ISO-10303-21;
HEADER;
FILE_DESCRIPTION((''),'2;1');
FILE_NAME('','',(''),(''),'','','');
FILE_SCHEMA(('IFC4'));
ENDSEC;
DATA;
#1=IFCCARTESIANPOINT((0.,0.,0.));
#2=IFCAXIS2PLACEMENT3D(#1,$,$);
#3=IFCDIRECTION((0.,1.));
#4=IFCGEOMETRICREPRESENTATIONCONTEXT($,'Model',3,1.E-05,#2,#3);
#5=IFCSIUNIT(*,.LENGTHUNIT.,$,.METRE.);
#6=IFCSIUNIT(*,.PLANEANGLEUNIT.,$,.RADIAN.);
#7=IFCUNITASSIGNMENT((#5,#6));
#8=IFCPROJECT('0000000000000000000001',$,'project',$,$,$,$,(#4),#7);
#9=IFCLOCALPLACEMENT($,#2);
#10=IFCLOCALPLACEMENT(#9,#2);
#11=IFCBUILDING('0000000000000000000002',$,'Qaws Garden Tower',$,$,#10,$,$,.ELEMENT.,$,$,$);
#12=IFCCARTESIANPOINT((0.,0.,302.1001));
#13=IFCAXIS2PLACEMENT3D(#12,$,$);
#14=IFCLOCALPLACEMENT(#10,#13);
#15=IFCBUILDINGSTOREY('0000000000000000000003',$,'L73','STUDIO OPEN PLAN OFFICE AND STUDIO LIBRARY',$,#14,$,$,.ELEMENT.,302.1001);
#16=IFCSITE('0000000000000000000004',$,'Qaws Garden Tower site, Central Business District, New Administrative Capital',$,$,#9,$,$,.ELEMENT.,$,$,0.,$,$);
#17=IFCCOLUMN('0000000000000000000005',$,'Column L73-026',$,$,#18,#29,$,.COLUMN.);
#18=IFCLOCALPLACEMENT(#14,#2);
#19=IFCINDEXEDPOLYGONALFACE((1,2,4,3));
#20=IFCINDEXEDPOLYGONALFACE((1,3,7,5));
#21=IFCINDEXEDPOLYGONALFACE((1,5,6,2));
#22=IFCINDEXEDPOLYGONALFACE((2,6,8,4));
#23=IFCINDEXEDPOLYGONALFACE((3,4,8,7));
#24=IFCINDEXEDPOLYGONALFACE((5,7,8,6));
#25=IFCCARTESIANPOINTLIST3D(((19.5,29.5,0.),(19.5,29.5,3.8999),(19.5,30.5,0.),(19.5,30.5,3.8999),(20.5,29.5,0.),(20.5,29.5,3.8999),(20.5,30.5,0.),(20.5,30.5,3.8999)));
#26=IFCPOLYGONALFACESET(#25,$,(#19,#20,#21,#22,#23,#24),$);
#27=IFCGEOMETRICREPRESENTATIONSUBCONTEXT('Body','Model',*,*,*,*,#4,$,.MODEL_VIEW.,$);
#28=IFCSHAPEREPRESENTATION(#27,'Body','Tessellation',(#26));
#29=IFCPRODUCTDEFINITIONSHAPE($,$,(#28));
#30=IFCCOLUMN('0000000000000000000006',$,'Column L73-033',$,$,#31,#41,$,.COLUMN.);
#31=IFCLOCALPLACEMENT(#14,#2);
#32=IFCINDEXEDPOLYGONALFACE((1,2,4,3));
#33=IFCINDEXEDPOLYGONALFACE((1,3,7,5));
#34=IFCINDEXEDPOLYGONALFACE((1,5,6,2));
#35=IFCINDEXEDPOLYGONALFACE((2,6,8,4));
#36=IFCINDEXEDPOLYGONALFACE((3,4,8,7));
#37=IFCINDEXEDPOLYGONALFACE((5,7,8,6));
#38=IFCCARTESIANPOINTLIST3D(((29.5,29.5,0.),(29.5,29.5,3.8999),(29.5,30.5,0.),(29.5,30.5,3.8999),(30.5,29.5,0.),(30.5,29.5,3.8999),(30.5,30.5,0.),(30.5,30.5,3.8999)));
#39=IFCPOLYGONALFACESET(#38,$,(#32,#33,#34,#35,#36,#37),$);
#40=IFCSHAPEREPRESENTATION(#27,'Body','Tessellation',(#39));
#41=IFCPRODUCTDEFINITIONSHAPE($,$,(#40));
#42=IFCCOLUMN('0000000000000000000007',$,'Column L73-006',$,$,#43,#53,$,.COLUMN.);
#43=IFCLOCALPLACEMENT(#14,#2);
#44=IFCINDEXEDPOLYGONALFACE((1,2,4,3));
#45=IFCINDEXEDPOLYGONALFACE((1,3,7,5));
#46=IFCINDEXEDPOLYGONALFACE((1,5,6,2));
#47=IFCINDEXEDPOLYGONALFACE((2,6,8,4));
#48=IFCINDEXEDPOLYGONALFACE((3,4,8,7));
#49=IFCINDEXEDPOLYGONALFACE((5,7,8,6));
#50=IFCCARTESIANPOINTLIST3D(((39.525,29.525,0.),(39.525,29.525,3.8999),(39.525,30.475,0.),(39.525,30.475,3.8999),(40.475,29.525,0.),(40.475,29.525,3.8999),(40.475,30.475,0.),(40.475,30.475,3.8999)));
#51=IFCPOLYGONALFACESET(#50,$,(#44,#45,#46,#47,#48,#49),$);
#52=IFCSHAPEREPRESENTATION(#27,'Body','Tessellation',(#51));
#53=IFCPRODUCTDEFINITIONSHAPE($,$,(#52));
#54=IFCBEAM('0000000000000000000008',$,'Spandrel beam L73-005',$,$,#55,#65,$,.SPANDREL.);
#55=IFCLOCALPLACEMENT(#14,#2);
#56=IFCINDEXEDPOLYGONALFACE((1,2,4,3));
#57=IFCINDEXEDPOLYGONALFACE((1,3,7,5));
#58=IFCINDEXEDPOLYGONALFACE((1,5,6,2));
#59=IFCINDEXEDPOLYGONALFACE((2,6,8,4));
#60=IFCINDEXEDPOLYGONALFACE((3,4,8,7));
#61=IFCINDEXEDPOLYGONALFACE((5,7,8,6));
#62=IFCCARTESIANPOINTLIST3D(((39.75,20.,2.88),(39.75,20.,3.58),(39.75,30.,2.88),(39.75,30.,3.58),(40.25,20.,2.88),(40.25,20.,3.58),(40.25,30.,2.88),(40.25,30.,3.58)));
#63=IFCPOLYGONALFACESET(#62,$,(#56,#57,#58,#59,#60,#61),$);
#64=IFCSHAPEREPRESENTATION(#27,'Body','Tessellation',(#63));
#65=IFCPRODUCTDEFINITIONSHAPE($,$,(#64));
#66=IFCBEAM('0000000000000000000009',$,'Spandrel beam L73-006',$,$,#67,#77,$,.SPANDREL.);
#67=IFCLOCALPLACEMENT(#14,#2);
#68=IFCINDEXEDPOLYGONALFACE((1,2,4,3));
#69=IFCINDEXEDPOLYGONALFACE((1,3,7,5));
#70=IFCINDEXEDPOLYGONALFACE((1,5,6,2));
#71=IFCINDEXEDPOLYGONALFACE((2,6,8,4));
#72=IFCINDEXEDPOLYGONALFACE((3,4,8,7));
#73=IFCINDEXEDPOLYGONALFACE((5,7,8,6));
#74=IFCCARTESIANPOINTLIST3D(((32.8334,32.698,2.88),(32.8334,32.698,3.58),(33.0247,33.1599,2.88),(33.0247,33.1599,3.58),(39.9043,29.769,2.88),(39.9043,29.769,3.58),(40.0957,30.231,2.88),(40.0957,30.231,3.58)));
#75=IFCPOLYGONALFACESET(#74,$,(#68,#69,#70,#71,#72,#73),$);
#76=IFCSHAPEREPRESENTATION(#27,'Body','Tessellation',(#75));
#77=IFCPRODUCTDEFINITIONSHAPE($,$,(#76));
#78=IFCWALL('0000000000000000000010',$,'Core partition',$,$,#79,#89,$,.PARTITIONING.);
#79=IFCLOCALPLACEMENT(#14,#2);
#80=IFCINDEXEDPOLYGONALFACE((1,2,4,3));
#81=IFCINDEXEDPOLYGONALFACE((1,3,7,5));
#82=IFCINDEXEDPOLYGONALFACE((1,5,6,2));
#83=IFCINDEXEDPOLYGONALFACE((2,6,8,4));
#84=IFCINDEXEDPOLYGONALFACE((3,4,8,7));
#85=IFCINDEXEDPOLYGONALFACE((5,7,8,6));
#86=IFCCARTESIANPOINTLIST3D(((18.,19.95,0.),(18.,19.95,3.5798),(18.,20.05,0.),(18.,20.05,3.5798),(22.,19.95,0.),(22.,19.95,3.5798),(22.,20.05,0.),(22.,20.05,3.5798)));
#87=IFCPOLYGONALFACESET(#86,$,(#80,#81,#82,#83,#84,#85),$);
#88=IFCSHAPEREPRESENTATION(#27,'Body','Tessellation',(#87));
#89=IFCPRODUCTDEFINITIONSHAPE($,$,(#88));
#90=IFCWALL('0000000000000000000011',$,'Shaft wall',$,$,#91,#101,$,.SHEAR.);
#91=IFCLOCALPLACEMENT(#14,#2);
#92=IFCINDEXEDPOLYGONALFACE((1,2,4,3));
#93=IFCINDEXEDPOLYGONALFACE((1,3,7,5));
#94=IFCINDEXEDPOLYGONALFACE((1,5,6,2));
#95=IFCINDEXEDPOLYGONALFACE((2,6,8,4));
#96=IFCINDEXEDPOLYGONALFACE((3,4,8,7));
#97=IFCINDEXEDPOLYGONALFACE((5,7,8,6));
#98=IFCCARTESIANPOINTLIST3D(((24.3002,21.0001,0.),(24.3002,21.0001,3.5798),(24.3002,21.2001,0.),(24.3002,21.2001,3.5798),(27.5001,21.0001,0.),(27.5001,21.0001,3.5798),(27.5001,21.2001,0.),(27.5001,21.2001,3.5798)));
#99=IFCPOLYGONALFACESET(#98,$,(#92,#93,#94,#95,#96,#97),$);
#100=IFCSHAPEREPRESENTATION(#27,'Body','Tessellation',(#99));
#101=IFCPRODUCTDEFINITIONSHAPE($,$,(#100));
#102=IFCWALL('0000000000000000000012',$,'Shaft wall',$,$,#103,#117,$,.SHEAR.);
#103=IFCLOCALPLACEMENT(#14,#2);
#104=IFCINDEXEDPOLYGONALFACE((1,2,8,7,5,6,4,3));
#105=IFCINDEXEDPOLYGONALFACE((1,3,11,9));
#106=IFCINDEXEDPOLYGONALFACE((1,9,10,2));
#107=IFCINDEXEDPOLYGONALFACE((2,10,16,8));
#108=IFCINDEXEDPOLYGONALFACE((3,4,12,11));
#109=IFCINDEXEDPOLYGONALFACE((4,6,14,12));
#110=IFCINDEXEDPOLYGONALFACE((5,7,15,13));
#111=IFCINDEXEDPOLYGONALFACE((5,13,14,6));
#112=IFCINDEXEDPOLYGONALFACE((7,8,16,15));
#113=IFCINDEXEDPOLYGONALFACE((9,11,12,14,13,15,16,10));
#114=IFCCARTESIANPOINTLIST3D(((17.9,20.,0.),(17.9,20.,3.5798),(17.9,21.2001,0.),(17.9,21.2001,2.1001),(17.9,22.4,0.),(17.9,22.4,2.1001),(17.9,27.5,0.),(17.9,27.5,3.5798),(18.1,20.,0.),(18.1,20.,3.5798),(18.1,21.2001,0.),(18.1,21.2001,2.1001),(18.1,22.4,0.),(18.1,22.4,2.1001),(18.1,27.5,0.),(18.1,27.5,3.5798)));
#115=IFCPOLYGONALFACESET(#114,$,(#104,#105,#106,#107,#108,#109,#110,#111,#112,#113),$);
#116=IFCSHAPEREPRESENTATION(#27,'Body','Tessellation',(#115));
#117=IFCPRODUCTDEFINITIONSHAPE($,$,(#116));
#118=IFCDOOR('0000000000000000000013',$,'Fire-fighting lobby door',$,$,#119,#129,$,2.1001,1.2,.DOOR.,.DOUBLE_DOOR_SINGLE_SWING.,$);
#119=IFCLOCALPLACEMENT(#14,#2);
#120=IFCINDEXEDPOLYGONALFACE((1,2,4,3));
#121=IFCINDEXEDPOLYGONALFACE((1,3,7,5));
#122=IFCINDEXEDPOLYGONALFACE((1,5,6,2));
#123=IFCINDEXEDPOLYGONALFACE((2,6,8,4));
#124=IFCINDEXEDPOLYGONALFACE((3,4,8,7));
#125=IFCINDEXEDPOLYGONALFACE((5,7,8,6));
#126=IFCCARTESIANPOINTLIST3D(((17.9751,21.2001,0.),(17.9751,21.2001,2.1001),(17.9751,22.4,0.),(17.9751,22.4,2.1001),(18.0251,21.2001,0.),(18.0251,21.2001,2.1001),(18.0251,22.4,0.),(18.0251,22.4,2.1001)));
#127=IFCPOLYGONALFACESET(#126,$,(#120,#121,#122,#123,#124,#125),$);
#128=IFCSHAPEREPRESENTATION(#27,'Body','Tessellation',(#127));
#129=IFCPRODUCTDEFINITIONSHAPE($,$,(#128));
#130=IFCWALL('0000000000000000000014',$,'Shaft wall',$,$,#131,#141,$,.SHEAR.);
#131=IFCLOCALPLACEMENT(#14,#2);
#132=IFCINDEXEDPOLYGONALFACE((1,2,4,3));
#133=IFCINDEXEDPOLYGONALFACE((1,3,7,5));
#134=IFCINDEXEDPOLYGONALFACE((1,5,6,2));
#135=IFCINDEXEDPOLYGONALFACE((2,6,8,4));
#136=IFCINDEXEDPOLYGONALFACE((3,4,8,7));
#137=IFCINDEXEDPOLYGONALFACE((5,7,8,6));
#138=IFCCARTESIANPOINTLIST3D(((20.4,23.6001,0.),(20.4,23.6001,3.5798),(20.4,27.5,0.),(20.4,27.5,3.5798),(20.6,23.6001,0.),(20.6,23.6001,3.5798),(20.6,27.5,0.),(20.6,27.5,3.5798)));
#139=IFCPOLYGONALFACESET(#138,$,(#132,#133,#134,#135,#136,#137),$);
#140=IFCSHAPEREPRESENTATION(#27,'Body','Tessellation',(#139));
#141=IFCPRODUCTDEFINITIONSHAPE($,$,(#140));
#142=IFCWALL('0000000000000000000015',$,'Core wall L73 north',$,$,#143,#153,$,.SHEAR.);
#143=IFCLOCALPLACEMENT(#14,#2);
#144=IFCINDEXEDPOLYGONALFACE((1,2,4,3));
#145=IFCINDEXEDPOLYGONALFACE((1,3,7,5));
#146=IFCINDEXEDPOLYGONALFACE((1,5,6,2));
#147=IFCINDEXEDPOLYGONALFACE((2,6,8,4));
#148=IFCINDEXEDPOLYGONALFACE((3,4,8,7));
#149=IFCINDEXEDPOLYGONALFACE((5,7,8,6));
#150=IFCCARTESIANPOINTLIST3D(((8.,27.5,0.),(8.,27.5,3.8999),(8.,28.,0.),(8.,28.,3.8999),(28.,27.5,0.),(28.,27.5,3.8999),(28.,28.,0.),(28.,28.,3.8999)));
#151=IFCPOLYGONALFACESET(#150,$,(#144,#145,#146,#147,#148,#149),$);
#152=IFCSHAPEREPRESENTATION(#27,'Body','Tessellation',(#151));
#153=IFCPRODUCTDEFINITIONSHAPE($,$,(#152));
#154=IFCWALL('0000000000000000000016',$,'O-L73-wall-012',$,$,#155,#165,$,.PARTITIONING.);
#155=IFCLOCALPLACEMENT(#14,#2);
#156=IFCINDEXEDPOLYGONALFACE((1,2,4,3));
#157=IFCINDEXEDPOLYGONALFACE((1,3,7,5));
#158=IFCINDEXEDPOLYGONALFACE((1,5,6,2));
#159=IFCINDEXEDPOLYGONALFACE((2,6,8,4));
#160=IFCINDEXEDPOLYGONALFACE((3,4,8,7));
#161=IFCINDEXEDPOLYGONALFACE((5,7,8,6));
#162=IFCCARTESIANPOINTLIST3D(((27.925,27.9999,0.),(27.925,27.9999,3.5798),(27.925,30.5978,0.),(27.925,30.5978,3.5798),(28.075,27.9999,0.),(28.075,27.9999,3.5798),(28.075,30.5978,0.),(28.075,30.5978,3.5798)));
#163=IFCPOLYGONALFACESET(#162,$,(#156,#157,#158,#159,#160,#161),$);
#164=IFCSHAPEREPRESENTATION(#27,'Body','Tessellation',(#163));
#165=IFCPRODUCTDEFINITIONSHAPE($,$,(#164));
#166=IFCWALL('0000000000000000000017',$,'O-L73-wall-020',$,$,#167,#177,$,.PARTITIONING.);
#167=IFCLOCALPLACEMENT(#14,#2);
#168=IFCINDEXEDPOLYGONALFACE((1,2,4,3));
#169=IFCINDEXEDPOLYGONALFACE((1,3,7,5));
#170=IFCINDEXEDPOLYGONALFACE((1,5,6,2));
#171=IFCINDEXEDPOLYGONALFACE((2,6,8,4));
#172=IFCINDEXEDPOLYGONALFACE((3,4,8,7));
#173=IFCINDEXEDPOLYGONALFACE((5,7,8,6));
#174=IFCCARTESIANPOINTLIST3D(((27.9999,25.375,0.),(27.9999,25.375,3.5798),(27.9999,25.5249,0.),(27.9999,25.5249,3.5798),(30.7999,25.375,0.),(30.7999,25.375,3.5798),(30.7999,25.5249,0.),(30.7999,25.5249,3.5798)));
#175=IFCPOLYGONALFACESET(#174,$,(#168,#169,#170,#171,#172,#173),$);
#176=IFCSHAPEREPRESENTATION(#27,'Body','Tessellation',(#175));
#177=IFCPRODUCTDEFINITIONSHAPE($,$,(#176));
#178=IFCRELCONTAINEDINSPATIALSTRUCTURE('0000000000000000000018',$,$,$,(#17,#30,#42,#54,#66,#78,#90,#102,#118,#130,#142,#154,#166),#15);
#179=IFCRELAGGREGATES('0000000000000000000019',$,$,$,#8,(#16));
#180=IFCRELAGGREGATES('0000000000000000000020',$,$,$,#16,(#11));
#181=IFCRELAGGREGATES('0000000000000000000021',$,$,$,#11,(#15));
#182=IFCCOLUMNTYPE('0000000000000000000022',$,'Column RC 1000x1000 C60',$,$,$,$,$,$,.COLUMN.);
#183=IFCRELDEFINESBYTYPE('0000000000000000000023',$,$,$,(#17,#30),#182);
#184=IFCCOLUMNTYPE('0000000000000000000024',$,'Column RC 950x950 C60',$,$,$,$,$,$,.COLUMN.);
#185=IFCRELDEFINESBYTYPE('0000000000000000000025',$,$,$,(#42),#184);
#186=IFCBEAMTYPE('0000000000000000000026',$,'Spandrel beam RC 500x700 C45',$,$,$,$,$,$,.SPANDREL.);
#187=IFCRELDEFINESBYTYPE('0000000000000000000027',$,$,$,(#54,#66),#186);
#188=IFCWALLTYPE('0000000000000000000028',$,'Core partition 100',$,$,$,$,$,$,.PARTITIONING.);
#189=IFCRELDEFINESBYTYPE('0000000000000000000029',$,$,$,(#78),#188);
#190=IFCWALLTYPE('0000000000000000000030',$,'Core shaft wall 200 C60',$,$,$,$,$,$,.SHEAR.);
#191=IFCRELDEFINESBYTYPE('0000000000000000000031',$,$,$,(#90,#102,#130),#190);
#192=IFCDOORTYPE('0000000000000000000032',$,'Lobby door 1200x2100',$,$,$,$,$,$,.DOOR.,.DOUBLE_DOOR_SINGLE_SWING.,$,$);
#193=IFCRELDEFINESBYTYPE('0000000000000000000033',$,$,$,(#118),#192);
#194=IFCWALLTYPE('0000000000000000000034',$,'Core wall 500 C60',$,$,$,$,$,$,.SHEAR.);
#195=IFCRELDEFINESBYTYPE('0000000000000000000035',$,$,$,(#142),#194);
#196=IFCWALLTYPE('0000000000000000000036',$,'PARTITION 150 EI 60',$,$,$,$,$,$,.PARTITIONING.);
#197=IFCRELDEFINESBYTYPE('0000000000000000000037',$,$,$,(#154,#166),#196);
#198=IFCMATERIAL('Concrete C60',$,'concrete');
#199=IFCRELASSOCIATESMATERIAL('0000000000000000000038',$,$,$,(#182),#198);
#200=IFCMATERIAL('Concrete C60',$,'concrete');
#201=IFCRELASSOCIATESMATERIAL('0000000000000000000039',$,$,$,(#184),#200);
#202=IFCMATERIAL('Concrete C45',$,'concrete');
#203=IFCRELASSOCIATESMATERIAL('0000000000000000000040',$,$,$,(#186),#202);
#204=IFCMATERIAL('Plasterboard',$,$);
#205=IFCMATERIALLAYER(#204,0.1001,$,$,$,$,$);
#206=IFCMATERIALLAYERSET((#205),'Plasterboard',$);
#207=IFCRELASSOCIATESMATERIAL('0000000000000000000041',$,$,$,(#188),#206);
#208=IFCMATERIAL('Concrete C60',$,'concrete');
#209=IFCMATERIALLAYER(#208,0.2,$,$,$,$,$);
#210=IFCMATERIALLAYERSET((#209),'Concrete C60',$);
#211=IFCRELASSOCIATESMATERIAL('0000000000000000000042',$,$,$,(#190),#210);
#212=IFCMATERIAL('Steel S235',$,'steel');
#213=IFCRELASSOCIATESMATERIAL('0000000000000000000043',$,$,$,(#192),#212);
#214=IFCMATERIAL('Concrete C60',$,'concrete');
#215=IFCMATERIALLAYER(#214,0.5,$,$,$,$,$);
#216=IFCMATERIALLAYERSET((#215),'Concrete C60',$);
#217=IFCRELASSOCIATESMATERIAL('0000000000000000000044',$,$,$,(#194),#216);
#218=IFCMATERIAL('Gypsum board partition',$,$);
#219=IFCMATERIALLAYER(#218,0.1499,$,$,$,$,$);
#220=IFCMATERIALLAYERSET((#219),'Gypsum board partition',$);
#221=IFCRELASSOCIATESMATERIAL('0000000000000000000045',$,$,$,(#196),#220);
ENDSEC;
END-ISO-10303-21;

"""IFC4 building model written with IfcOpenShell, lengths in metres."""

from ifc_helpers import new_model, si_unit, direction, frame, frame_2d, origin, origin_2d, place, context, subcontext, project, spatial, rectangle, extrude, material, layer, layer_set, material_profile, profile_set, type_object, element, fill, save


model = new_model("IFC4")

# Units and contexts
model_context = context("Model", 3, precision=1e-05, world=origin(), true_north=direction((0.0, 1.0)))
body_context = subcontext(model_context, "Body", "Model", "MODEL_VIEW")
ifc_project = project(units=[si_unit("LENGTHUNIT", "METRE"), si_unit("PLANEANGLEUNIT", "RADIAN")], contexts=[model_context])

# Site, building, storey
site_placement = place(None, origin())
site = spatial("IfcSite", under=ifc_project, at=site_placement, Name="Qaws Garden Tower site, Central Business District, New Administrative Capital", CompositionType="ELEMENT", RefElevation=0.0)
building_placement = place(site_placement, origin())
building = spatial("IfcBuilding", under=site, at=building_placement, Name="Qaws Garden Tower", CompositionType="ELEMENT")
storey_placement = place(building_placement, frame((0.0, 0.0, 302.1001)))
storey = spatial("IfcBuildingStorey", under=building, at=storey_placement, Name="L73", Description="STUDIO OPEN PLAN OFFICE AND STUDIO LIBRARY", CompositionType="ELEMENT", Elevation=302.1001)

# Columns
ifc_material_1 = material(Name="Concrete C60", Category="concrete")
ifc_material_profile_1 = material_profile(ifc_material_1, rectangle(XDim=1.0, YDim=1.0, at=origin_2d()), Name="RC 1000x1000")
ifc_profile_set_1 = profile_set([ifc_material_profile_1], Name="Concrete C60")
column_type_1 = type_object("IfcColumnType", Name="Column RC 1000x1000 C60", PredefinedType="COLUMN", material=ifc_profile_set_1)
for number, where, z_axis, x_axis, name in (
    (1, (20.0, 30.0, 0.0), (0.0, 0.0, 1.0), (1.0, 0.0, 0.0), "Column L73-026"),
    (2, (30.0, 30.0, 0.0), (0.0, 0.0, 1.0), (1.0, 0.0, 0.0), "Column L73-033"),
):
    element("IfcColumn", number, at=place(storey_placement, frame(where, z_axis=z_axis, x_axis=x_axis)), inside=storey, type_object=column_type_1, Name=name, PredefinedType="COLUMN", context=body_context, shape_type="SweptSolid", body=[
        extrude(rectangle(XDim=1.0, YDim=1.0, at=origin_2d()), origin(), (0.0, 0.0, 1.0), 3.8999),
    ])
ifc_material_2 = material(Name="Concrete C60", Category="concrete")
ifc_material_profile_2 = material_profile(ifc_material_2, rectangle(XDim=0.95, YDim=0.95, at=origin_2d()), Name="RC 950x950")
ifc_profile_set_2 = profile_set([ifc_material_profile_2], Name="Concrete C60")
column_type_2 = type_object("IfcColumnType", Name="Column RC 950x950 C60", PredefinedType="COLUMN", material=ifc_profile_set_2)
column_placement = place(storey_placement, frame((40.0, 30.0, 0.0), z_axis=(0.0, 0.0, 1.0), x_axis=(1.0, 0.0, 0.0)))
element("IfcColumn", 3, at=column_placement, inside=storey, type_object=column_type_2, Name="Column L73-006", PredefinedType="COLUMN", context=body_context, shape_type="SweptSolid", body=[
    extrude(rectangle(XDim=0.95, YDim=0.95, at=origin_2d()), origin(), (0.0, 0.0, 1.0), 3.8999),
])

# Beams
ifc_material_3 = material(Name="Concrete C45", Category="concrete")
ifc_material_profile_3 = material_profile(ifc_material_3, rectangle(XDim=0.5, YDim=0.7, at=origin_2d()), Name="RC 500x700")
ifc_profile_set_3 = profile_set([ifc_material_profile_3], Name="Concrete C45")
beam_type = type_object("IfcBeamType", Name="Spandrel beam RC 500x700 C45", PredefinedType="SPANDREL", material=ifc_profile_set_3)
beam_1_placement = place(storey_placement, frame((40.0, 20.0, 3.23), z_axis=(0.0, 1.0, 0.0), x_axis=(-1.0, 0.0, 0.0)))
element("IfcBeam", 4, at=beam_1_placement, inside=storey, type_object=beam_type, Name="Spandrel beam L73-005", PredefinedType="SPANDREL", context=body_context, shape_type="SweptSolid", body=[
    extrude(rectangle(XDim=0.5, YDim=0.7, at=origin_2d()), origin(), (0.0, 0.0, 1.0), 10.0),
])
beam_2_placement = place(storey_placement, frame((40.0, 30.0, 3.23), z_axis=(-0.923878, 0.382687, 0.0), x_axis=(-0.382687, -0.923878, 0.0)))
element("IfcBeam", 5, at=beam_2_placement, inside=storey, type_object=beam_type, Name="Spandrel beam L73-006", PredefinedType="SPANDREL", context=body_context, shape_type="SweptSolid", body=[
    extrude(rectangle(XDim=0.5, YDim=0.7, at=origin_2d()), origin(), (0.0, 0.0, 1.0), 7.6536),
])

# Walls
ifc_material_4 = material(Name="Plasterboard")
ifc_layer_1 = layer(ifc_material_4, 0.1001)
ifc_layer_set_1 = layer_set([ifc_layer_1], Name="Plasterboard")
wall_type_1 = type_object("IfcWallType", Name="Core partition 100", PredefinedType="PARTITIONING", material=ifc_layer_set_1)
wall_1_placement = place(storey_placement, frame((18.0, 20.0, 0.0), z_axis=(0.0, 0.0, 1.0), x_axis=(1.0, 0.0, 0.0)))
element("IfcWall", 6, at=wall_1_placement, inside=storey, type_object=wall_type_1, Name="Core partition", PredefinedType="PARTITIONING", context=body_context, shape_type="SweptSolid", body=[
    extrude(rectangle(XDim=4.0, YDim=0.1001, at=frame_2d((2.0, 0.0))), origin(), (0.0, 0.0, 1.0), 3.5798),
])
ifc_material_5 = material(Name="Concrete C60", Category="concrete")
ifc_layer_2 = layer(ifc_material_5, 0.2)
ifc_layer_set_2 = layer_set([ifc_layer_2], Name="Concrete C60")
wall_type_2 = type_object("IfcWallType", Name="Core shaft wall 200 C60", PredefinedType="SHEAR", material=ifc_layer_set_2)
wall_2_placement = place(storey_placement, frame((24.3, 21.1001, 0.0), z_axis=(0.0, 0.0, 1.0), x_axis=(1.0, 0.0, 0.0)))
element("IfcWall", 7, at=wall_2_placement, inside=storey, type_object=wall_type_2, Name="Shaft wall", PredefinedType="SHEAR", context=body_context, shape_type="SweptSolid", body=[
    extrude(rectangle(XDim=3.2, YDim=0.2, at=frame_2d((1.6001, 0.0))), origin(), (0.0, 0.0, 1.0), 3.5798),
])

# Wall, opening, door
wall_3_placement = place(storey_placement, frame((18.0, 20.0, 0.0), z_axis=(0.0, 0.0, 1.0), x_axis=(0.0, 1.0, 0.0)))
wall_3 = element("IfcWall", 8, at=wall_3_placement, inside=storey, type_object=wall_type_2, Name="Shaft wall", PredefinedType="SHEAR", context=body_context, shape_type="SweptSolid", body=[
    extrude(rectangle(XDim=7.5, YDim=0.2, at=frame_2d((3.75, 0.0))), origin(), (0.0, 0.0, 1.0), 3.5798),
])
opening_placement = place(wall_3_placement, frame((1.2, 0.0, 0.0)))
opening = element("IfcOpeningElement", 9, at=opening_placement, cuts=wall_3, PredefinedType="OPENING", context=body_context, shape_type="SweptSolid", body=[
    extrude(rectangle(XDim=1.2, YDim=2.1001, at=frame_2d((0.6001, 1.05))), frame((0.0, 0.1099, 0.0), z_axis=(0.0, -1.0, 0.0), x_axis=(1.0, 0.0, 0.0)), (0.0, 0.0, 1.0), 0.22),
])
ifc_material_6 = material(Name="Steel S235", Category="steel")
door_type = type_object("IfcDoorType", Name="Lobby door 1200x2100", OperationType="DOUBLE_DOOR_SINGLE_SWING", PredefinedType="DOOR", material=ifc_material_6)
door_placement = place(opening_placement, origin())
door = element("IfcDoor", 10, at=door_placement, inside=storey, type_object=door_type, Name="Fire-fighting lobby door", OperationType="DOUBLE_DOOR_SINGLE_SWING", OverallHeight=2.1001, OverallWidth=1.2, PredefinedType="DOOR", context=body_context, shape_type="SweptSolid", body=[
    extrude(rectangle(XDim=1.2, YDim=2.1001, at=frame_2d((0.6001, 1.05))), frame((0.0, 0.0249, 0.0), z_axis=(0.0, -1.0, 0.0), x_axis=(1.0, 0.0, 0.0)), (0.0, 0.0, 1.0), 0.05),
])
fill(opening, door)

# Walls
wall_4_placement = place(storey_placement, frame((20.5, 23.6001, 0.0), z_axis=(0.0, 0.0, 1.0), x_axis=(0.0, 1.0, 0.0)))
element("IfcWall", 11, at=wall_4_placement, inside=storey, type_object=wall_type_2, Name="Shaft wall", PredefinedType="SHEAR", context=body_context, shape_type="SweptSolid", body=[
    extrude(rectangle(XDim=3.8999, YDim=0.2, at=frame_2d((1.95, 0.0))), origin(), (0.0, 0.0, 1.0), 3.5798),
])
ifc_material_7 = material(Name="Concrete C60", Category="concrete")
ifc_layer_3 = layer(ifc_material_7, 0.5)
ifc_layer_set_3 = layer_set([ifc_layer_3], Name="Concrete C60")
wall_type_3 = type_object("IfcWallType", Name="Core wall 500 C60", PredefinedType="SHEAR", material=ifc_layer_set_3)
wall_5_placement = place(storey_placement, frame((28.0, 27.75, 0.0), z_axis=(0.0, 0.0, 1.0), x_axis=(-1.0, 0.0, 0.0)))
element("IfcWall", 12, at=wall_5_placement, inside=storey, type_object=wall_type_3, Name="Core wall L73 north", PredefinedType="SHEAR", context=body_context, shape_type="SweptSolid", body=[
    extrude(rectangle(XDim=20.0, YDim=0.5, at=frame_2d((10.0, 0.0))), origin(), (0.0, 0.0, 1.0), 3.8999),
])
ifc_material_8 = material(Name="Gypsum board partition")
ifc_layer_4 = layer(ifc_material_8, 0.1499)
ifc_layer_set_4 = layer_set([ifc_layer_4], Name="Gypsum board partition")
wall_type_4 = type_object("IfcWallType", Name="PARTITION 150 EI 60", PredefinedType="PARTITIONING", material=ifc_layer_set_4)
wall_6_placement = place(storey_placement, frame((28.0, 28.0, 0.0), z_axis=(0.0, 0.0, 1.0), x_axis=(0.0, 1.0, 0.0)))
element("IfcWall", 13, at=wall_6_placement, inside=storey, type_object=wall_type_4, Name="O-L73-wall-012", PredefinedType="PARTITIONING", context=body_context, shape_type="SweptSolid", body=[
    extrude(rectangle(XDim=2.5979, YDim=0.1499, at=frame_2d((1.2988, 0.0))), origin(), (0.0, 0.0, 1.0), 3.5798),
])
wall_7_placement = place(storey_placement, frame((28.0, 25.45, 0.0), z_axis=(0.0, 0.0, 1.0), x_axis=(1.0, 0.0, 0.0)))
element("IfcWall", 14, at=wall_7_placement, inside=storey, type_object=wall_type_4, Name="O-L73-wall-020", PredefinedType="PARTITIONING", context=body_context, shape_type="SweptSolid", body=[
    extrude(rectangle(XDim=2.8, YDim=0.1499, at=frame_2d((1.3999, 0.0))), origin(), (0.0, 0.0, 1.0), 3.5798),
])

save(model, "model.ifc")
